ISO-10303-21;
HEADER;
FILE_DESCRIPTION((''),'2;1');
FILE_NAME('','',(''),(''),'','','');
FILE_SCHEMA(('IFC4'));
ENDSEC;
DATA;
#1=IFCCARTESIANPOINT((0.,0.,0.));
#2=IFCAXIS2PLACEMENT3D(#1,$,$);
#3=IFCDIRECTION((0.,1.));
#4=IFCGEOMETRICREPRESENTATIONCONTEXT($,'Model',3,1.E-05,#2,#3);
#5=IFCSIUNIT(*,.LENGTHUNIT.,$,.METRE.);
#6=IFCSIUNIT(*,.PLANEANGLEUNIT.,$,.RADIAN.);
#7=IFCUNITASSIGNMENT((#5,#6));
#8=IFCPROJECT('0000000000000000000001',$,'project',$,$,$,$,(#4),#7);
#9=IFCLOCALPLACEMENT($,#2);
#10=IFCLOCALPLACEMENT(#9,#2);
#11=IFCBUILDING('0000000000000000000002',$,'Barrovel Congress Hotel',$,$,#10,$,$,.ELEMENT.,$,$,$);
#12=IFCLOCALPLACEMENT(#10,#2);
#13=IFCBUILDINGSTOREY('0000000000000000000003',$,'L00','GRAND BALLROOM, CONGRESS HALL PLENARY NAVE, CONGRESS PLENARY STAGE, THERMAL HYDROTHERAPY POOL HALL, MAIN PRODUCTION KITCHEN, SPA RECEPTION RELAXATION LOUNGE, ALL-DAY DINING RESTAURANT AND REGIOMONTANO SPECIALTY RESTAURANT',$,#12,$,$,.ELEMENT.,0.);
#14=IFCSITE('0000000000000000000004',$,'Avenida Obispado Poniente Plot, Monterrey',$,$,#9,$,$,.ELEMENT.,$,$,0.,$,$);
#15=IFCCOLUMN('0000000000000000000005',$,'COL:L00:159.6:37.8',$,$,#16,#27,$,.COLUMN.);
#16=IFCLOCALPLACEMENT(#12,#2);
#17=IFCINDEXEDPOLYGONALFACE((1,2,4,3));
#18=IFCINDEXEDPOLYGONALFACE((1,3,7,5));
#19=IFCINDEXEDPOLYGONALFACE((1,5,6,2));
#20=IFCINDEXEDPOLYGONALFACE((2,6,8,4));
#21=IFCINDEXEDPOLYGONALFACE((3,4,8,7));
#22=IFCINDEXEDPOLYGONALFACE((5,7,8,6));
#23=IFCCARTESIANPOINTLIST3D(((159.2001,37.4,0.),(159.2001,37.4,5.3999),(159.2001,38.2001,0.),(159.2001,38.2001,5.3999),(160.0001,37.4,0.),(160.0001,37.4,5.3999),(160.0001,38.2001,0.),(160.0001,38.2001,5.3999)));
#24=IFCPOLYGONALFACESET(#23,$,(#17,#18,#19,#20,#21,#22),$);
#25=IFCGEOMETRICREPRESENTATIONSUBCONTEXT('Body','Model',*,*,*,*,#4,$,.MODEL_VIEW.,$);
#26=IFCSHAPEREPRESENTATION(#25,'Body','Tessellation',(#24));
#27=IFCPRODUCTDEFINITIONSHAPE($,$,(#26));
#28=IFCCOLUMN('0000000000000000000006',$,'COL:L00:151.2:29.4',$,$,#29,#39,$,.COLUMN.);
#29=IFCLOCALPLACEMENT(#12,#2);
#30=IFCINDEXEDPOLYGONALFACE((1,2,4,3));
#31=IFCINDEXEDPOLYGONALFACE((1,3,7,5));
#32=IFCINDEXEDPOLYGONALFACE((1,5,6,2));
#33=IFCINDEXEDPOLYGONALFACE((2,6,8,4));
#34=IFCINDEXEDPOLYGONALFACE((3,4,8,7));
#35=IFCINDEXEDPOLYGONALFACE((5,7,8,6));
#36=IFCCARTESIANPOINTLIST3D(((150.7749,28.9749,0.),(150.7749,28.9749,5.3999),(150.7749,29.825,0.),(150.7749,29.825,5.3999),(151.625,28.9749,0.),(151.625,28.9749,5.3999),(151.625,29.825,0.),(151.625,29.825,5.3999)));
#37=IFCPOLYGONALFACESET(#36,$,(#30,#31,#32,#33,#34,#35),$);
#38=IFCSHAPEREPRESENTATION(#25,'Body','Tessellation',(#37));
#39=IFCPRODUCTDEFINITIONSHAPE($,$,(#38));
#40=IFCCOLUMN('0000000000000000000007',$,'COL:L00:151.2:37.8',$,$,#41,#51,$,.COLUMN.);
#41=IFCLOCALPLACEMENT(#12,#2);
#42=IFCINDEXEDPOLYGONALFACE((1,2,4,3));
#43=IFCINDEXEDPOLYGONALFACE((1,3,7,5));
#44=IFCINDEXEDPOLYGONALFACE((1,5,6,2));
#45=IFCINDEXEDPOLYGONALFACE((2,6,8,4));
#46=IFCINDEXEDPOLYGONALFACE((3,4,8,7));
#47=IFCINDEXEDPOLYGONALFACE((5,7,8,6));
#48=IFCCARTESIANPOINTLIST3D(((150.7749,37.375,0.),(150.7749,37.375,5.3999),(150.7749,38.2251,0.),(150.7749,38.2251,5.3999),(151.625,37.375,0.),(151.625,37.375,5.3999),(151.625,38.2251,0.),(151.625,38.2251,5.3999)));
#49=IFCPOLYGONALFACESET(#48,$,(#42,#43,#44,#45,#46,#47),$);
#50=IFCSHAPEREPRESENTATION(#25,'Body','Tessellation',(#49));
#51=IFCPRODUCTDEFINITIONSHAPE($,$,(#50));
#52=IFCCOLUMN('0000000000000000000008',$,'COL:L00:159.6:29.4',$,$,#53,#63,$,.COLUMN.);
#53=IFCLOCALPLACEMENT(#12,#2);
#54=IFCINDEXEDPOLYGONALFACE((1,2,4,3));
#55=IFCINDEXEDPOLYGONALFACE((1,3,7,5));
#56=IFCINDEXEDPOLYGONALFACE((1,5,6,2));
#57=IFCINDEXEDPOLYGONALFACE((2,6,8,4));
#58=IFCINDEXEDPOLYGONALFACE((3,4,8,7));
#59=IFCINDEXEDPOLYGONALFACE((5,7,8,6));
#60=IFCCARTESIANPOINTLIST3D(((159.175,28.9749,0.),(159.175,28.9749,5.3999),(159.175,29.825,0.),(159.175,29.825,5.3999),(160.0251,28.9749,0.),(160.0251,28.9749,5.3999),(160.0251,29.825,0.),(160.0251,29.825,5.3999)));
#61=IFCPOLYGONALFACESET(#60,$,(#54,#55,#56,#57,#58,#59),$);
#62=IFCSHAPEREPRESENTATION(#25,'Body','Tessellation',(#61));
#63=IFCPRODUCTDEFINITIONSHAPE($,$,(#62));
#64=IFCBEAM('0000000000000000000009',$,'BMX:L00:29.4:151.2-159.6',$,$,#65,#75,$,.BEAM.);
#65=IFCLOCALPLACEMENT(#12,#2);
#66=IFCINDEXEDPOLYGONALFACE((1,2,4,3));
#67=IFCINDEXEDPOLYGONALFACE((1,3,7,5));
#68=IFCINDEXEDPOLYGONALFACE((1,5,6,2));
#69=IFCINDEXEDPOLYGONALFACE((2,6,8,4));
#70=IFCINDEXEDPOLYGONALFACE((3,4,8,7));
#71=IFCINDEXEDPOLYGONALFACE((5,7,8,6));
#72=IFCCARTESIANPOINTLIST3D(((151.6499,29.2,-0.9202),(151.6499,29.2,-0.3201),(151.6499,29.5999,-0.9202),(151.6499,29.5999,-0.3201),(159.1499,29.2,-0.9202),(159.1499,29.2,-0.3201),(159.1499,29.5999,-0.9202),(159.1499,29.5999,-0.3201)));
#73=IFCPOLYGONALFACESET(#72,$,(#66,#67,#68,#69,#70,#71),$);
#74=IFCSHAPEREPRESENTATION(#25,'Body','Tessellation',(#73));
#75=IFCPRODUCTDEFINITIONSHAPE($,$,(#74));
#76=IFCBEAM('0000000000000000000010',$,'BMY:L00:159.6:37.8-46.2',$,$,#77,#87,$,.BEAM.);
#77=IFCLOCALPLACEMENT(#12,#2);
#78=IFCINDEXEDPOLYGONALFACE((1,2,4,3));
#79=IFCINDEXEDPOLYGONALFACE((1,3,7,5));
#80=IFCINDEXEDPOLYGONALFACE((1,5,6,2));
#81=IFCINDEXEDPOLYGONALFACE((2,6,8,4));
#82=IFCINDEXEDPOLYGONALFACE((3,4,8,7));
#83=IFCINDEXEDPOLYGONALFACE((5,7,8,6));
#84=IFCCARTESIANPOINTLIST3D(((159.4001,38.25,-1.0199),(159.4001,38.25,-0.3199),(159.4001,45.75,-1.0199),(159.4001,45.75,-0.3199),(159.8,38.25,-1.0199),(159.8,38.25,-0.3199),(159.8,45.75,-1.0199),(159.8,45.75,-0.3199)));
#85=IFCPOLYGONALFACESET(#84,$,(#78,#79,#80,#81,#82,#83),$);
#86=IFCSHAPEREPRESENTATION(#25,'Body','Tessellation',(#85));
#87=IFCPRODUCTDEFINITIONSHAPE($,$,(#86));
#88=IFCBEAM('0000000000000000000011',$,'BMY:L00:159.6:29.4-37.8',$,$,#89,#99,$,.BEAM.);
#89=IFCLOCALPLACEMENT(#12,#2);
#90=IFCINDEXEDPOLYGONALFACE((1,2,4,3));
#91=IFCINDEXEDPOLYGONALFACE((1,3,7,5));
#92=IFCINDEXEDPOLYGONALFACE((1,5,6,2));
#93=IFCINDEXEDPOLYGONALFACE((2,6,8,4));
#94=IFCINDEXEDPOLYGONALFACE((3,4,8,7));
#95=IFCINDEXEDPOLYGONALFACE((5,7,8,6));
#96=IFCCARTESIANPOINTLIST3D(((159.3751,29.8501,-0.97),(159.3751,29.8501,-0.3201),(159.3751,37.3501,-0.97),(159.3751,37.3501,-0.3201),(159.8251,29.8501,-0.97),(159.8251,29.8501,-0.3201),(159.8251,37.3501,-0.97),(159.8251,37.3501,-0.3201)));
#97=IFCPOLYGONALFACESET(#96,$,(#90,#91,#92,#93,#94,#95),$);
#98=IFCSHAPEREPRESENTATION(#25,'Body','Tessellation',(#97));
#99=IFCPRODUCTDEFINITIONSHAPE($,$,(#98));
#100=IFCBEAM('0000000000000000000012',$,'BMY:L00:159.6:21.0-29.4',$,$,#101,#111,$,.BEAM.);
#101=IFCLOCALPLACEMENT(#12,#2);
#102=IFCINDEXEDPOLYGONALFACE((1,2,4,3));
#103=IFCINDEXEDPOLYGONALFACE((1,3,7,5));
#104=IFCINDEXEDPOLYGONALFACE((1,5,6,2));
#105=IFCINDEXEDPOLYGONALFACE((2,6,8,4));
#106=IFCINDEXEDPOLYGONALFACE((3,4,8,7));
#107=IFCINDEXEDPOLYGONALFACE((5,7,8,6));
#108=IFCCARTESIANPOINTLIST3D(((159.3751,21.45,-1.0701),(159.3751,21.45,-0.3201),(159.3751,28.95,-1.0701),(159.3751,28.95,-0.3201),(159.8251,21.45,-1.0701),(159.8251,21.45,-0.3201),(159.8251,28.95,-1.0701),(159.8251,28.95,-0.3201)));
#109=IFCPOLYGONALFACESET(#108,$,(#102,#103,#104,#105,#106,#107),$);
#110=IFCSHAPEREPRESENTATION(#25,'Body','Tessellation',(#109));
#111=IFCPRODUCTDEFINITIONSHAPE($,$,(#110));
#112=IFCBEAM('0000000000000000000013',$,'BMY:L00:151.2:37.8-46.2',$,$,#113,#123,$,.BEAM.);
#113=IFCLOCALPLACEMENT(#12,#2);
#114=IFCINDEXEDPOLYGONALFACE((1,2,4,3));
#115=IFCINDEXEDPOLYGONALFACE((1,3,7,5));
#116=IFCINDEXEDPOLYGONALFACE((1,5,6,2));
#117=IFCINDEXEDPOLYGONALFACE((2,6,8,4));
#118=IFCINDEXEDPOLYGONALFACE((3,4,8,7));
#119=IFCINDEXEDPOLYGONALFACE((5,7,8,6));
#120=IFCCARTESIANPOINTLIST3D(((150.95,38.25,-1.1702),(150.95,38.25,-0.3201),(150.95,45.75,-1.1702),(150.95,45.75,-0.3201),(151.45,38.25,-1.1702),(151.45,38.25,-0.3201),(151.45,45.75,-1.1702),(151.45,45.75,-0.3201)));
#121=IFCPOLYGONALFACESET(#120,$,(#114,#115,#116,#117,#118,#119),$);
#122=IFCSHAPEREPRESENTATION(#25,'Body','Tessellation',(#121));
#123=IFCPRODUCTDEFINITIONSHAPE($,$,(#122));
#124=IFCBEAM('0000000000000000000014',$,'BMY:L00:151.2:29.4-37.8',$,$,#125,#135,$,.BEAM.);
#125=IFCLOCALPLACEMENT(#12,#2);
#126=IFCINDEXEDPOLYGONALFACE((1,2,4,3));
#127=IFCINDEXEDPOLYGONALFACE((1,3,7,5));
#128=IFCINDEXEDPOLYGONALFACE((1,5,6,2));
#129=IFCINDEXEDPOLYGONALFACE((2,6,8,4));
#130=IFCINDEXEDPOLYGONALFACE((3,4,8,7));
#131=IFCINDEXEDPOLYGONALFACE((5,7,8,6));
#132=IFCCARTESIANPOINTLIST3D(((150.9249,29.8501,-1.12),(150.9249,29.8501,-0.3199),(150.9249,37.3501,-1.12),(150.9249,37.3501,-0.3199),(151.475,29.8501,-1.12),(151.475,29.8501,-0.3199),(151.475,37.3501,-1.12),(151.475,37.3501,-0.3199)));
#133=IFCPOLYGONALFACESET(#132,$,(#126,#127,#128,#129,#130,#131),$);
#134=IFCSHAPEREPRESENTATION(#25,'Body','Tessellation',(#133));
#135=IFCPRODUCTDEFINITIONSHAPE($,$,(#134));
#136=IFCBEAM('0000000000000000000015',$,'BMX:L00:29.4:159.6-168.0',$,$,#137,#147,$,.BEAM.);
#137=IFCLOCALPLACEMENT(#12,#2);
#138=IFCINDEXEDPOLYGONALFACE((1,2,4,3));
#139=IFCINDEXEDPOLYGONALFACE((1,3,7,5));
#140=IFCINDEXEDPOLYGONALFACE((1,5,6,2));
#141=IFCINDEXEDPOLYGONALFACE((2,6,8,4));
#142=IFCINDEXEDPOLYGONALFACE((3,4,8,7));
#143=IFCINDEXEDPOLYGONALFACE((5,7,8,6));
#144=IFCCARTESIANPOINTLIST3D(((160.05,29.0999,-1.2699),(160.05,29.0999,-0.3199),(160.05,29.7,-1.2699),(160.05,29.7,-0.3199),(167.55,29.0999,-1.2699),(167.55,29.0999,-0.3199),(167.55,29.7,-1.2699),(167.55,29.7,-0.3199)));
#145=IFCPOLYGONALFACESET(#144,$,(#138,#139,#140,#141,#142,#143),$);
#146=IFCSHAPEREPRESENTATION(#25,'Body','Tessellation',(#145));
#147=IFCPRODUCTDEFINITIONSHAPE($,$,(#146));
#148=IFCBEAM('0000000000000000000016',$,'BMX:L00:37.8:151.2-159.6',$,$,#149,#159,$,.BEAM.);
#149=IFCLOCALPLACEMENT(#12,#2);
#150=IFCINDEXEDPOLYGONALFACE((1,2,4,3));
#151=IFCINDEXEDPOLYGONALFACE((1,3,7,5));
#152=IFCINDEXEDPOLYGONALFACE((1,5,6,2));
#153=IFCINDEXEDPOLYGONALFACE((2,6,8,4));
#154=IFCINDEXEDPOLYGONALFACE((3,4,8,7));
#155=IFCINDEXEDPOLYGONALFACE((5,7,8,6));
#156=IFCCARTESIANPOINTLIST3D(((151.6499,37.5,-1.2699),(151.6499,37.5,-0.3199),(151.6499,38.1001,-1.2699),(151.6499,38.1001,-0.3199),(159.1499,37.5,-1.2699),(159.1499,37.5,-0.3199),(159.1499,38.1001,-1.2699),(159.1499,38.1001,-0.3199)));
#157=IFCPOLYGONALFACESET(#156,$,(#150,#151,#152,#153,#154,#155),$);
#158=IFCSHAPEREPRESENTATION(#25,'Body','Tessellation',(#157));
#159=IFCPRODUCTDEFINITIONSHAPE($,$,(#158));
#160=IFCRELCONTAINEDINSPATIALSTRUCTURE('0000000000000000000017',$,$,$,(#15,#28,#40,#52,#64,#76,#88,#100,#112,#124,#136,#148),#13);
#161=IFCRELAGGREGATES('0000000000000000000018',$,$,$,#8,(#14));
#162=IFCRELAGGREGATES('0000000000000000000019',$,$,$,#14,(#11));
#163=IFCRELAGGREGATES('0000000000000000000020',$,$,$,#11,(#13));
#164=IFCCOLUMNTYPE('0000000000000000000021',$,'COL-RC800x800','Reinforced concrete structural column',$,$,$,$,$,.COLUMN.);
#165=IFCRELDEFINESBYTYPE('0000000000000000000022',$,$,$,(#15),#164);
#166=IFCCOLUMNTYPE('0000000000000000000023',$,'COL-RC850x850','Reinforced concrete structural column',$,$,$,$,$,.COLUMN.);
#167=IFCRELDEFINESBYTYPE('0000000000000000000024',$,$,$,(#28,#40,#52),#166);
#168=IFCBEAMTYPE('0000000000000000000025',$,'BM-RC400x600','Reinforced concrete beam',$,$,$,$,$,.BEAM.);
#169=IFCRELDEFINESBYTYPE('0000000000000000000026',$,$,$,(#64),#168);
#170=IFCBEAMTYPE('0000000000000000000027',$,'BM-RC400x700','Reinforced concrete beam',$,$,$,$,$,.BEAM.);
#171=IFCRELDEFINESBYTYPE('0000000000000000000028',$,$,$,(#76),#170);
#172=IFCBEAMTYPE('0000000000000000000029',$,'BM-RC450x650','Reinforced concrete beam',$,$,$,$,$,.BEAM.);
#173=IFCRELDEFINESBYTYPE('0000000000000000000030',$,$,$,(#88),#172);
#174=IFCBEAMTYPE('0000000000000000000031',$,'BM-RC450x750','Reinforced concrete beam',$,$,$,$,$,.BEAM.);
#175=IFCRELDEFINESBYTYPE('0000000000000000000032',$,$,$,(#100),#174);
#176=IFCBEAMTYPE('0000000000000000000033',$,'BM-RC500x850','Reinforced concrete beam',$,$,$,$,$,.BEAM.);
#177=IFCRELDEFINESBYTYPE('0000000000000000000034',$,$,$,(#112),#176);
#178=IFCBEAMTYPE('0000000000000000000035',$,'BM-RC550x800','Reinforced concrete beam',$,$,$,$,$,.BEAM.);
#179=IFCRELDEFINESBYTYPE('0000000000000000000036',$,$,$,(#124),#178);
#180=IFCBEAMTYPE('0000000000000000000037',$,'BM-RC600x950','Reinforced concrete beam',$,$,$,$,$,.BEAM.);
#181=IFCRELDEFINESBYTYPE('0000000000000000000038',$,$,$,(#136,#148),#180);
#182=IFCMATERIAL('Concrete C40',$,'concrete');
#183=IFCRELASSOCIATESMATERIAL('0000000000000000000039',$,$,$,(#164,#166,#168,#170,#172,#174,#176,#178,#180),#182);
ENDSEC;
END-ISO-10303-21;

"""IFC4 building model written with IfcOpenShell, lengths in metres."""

from ifc_helpers import new_model, si_unit, direction, frame, origin, origin_2d, place, context, subcontext, project, spatial, rectangle, extrude, material, material_profile, profile_set, type_object, element, save


model = new_model("IFC4")

# Units and contexts
model_context = context("Model", 3, precision=1e-05, world=origin(), true_north=direction((0.0, 1.0)))
body_context = subcontext(model_context, "Body", "Model", "MODEL_VIEW")
ifc_project = project(units=[si_unit("LENGTHUNIT", "METRE"), si_unit("PLANEANGLEUNIT", "RADIAN")], contexts=[model_context])

# Site, building, storey
site_placement = place(None, origin())
site = spatial("IfcSite", under=ifc_project, at=site_placement, Name="Avenida Obispado Poniente Plot, Monterrey", CompositionType="ELEMENT", RefElevation=0.0)
building_placement = place(site_placement, origin())
building = spatial("IfcBuilding", under=site, at=building_placement, Name="Barrovel Congress Hotel", CompositionType="ELEMENT")
storey_placement = place(building_placement, origin())
storey = spatial("IfcBuildingStorey", under=building, at=storey_placement, Name="L00", Description="GRAND BALLROOM, CONGRESS HALL PLENARY NAVE, CONGRESS PLENARY STAGE, THERMAL HYDROTHERAPY POOL HALL, MAIN PRODUCTION KITCHEN, SPA RECEPTION RELAXATION LOUNGE, ALL-DAY DINING RESTAURANT AND REGIOMONTANO SPECIALTY RESTAURANT", CompositionType="ELEMENT", Elevation=0.0)

# Columns
ifc_material_1 = material(Name="Concrete C40", Category="concrete")
ifc_material_profile_1 = material_profile(ifc_material_1, rectangle(XDim=0.8, YDim=0.8, at=origin_2d()), Name="RC800x800")
ifc_profile_set_1 = profile_set([ifc_material_profile_1], Name="Concrete C40")
column_type_1 = type_object("IfcColumnType", Name="COL-RC800x800", Description="Reinforced concrete structural column", PredefinedType="COLUMN", material=ifc_profile_set_1)
column_placement = place(storey_placement, frame((159.6001, 37.8, 0.0), z_axis=(0.0, 0.0, 1.0), x_axis=(1.0, 0.0, 0.0)))
element("IfcColumn", 1, at=column_placement, inside=storey, type_object=column_type_1, Name="COL:L00:159.6:37.8", PredefinedType="COLUMN", context=body_context, shape_type="SweptSolid", body=[
    extrude(rectangle(XDim=0.8, YDim=0.8, at=origin_2d()), origin(), (0.0, 0.0, 1.0), 5.3999),
])
ifc_material_profile_2 = material_profile(ifc_material_1, rectangle(XDim=0.8501, YDim=0.8501, at=origin_2d()), Name="RC850x850")
ifc_profile_set_2 = profile_set([ifc_material_profile_2], Name="Concrete C40")
column_type_2 = type_object("IfcColumnType", Name="COL-RC850x850", Description="Reinforced concrete structural column", PredefinedType="COLUMN", material=ifc_profile_set_2)
for number, where, z_axis, x_axis, name in (
    (2, (151.2, 29.3999, 0.0), (0.0, 0.0, 1.0), (1.0, 0.0, 0.0), "COL:L00:151.2:29.4"),
    (3, (151.2, 37.8, 0.0), (0.0, 0.0, 1.0), (1.0, 0.0, 0.0), "COL:L00:151.2:37.8"),
    (4, (159.6001, 29.3999, 0.0), (0.0, 0.0, 1.0), (1.0, 0.0, 0.0), "COL:L00:159.6:29.4"),
):
    element("IfcColumn", number, at=place(storey_placement, frame(where, z_axis=z_axis, x_axis=x_axis)), inside=storey, type_object=column_type_2, Name=name, PredefinedType="COLUMN", context=body_context, shape_type="SweptSolid", body=[
        extrude(rectangle(XDim=0.8501, YDim=0.8501, at=origin_2d()), origin(), (0.0, 0.0, 1.0), 5.3999),
    ])

# Beams
ifc_material_profile_3 = material_profile(ifc_material_1, rectangle(XDim=0.3999, YDim=0.6001, at=origin_2d()), Name="RC400x600")
ifc_profile_set_3 = profile_set([ifc_material_profile_3], Name="Concrete C40")
beam_type_1 = type_object("IfcBeamType", Name="BM-RC400x600", Description="Reinforced concrete beam", PredefinedType="BEAM", material=ifc_profile_set_3)
beam_1_placement = place(storey_placement, frame((151.6499, 29.3999, -0.6201), z_axis=(1.0, 0.0, 0.0), x_axis=(0.0, 1.0, 0.0)))
element("IfcBeam", 5, at=beam_1_placement, inside=storey, type_object=beam_type_1, Name="BMX:L00:29.4:151.2-159.6", PredefinedType="BEAM", context=body_context, shape_type="SweptSolid", body=[
    extrude(rectangle(XDim=0.3999, YDim=0.6001, at=origin_2d()), origin(), (0.0, 0.0, 1.0), 7.5),
])
ifc_material_profile_4 = material_profile(ifc_material_1, rectangle(XDim=0.3999, YDim=0.7, at=origin_2d()), Name="RC400x700")
ifc_profile_set_4 = profile_set([ifc_material_profile_4], Name="Concrete C40")
beam_type_2 = type_object("IfcBeamType", Name="BM-RC400x700", Description="Reinforced concrete beam", PredefinedType="BEAM", material=ifc_profile_set_4)
beam_2_placement = place(storey_placement, frame((159.6001, 38.25, -0.6699), z_axis=(0.0, 1.0, 0.0), x_axis=(-1.0, 0.0, 0.0)))
element("IfcBeam", 6, at=beam_2_placement, inside=storey, type_object=beam_type_2, Name="BMY:L00:159.6:37.8-46.2", PredefinedType="BEAM", context=body_context, shape_type="SweptSolid", body=[
    extrude(rectangle(XDim=0.3999, YDim=0.7, at=origin_2d()), origin(), (0.0, 0.0, 1.0), 7.5),
])
ifc_material_profile_5 = material_profile(ifc_material_1, rectangle(XDim=0.45, YDim=0.6499, at=origin_2d()), Name="RC450x650")
ifc_profile_set_5 = profile_set([ifc_material_profile_5], Name="Concrete C40")
beam_type_3 = type_object("IfcBeamType", Name="BM-RC450x650", Description="Reinforced concrete beam", PredefinedType="BEAM", material=ifc_profile_set_5)
beam_3_placement = place(storey_placement, frame((159.6001, 29.8501, -0.645), z_axis=(0.0, 1.0, 0.0), x_axis=(-1.0, 0.0, 0.0)))
element("IfcBeam", 7, at=beam_3_placement, inside=storey, type_object=beam_type_3, Name="BMY:L00:159.6:29.4-37.8", PredefinedType="BEAM", context=body_context, shape_type="SweptSolid", body=[
    extrude(rectangle(XDim=0.45, YDim=0.6499, at=origin_2d()), origin(), (0.0, 0.0, 1.0), 7.5),
])
ifc_material_profile_6 = material_profile(ifc_material_1, rectangle(XDim=0.45, YDim=0.75, at=origin_2d()), Name="RC450x750")
ifc_profile_set_6 = profile_set([ifc_material_profile_6], Name="Concrete C40")
beam_type_4 = type_object("IfcBeamType", Name="BM-RC450x750", Description="Reinforced concrete beam", PredefinedType="BEAM", material=ifc_profile_set_6)
beam_4_placement = place(storey_placement, frame((159.6001, 21.45, -0.6951), z_axis=(0.0, 1.0, 0.0), x_axis=(-1.0, 0.0, 0.0)))
element("IfcBeam", 8, at=beam_4_placement, inside=storey, type_object=beam_type_4, Name="BMY:L00:159.6:21.0-29.4", PredefinedType="BEAM", context=body_context, shape_type="SweptSolid", body=[
    extrude(rectangle(XDim=0.45, YDim=0.75, at=origin_2d()), origin(), (0.0, 0.0, 1.0), 7.5),
])
ifc_material_profile_7 = material_profile(ifc_material_1, rectangle(XDim=0.5, YDim=0.8501, at=origin_2d()), Name="RC500x850")
ifc_profile_set_7 = profile_set([ifc_material_profile_7], Name="Concrete C40")
beam_type_5 = type_object("IfcBeamType", Name="BM-RC500x850", Description="Reinforced concrete beam", PredefinedType="BEAM", material=ifc_profile_set_7)
beam_5_placement = place(storey_placement, frame((151.2, 38.25, -0.7451), z_axis=(0.0, 1.0, 0.0), x_axis=(-1.0, 0.0, 0.0)))
element("IfcBeam", 9, at=beam_5_placement, inside=storey, type_object=beam_type_5, Name="BMY:L00:151.2:37.8-46.2", PredefinedType="BEAM", context=body_context, shape_type="SweptSolid", body=[
    extrude(rectangle(XDim=0.5, YDim=0.8501, at=origin_2d()), origin(), (0.0, 0.0, 1.0), 7.5),
])
ifc_material_profile_8 = material_profile(ifc_material_1, rectangle(XDim=0.55, YDim=0.8, at=origin_2d()), Name="RC550x800")
ifc_profile_set_8 = profile_set([ifc_material_profile_8], Name="Concrete C40")
beam_type_6 = type_object("IfcBeamType", Name="BM-RC550x800", Description="Reinforced concrete beam", PredefinedType="BEAM", material=ifc_profile_set_8)
beam_6_placement = place(storey_placement, frame((151.2, 29.8501, -0.72), z_axis=(0.0, 1.0, 0.0), x_axis=(-1.0, 0.0, 0.0)))
element("IfcBeam", 10, at=beam_6_placement, inside=storey, type_object=beam_type_6, Name="BMY:L00:151.2:29.4-37.8", PredefinedType="BEAM", context=body_context, shape_type="SweptSolid", body=[
    extrude(rectangle(XDim=0.55, YDim=0.8, at=origin_2d()), origin(), (0.0, 0.0, 1.0), 7.5),
])
ifc_material_profile_9 = material_profile(ifc_material_1, rectangle(XDim=0.6001, YDim=0.95, at=origin_2d()), Name="RC600x950")
ifc_profile_set_9 = profile_set([ifc_material_profile_9], Name="Concrete C40")
beam_type_7 = type_object("IfcBeamType", Name="BM-RC600x950", Description="Reinforced concrete beam", PredefinedType="BEAM", material=ifc_profile_set_9)
for number, where, z_axis, x_axis, name in (
    (11, (160.05, 29.3999, -0.7949), (1.0, 0.0, 0.0), (0.0, 1.0, 0.0), "BMX:L00:29.4:159.6-168.0"),
    (12, (151.6499, 37.8, -0.7949), (1.0, 0.0, 0.0), (0.0, 1.0, 0.0), "BMX:L00:37.8:151.2-159.6"),
):
    element("IfcBeam", number, at=place(storey_placement, frame(where, z_axis=z_axis, x_axis=x_axis)), inside=storey, type_object=beam_type_7, Name=name, PredefinedType="BEAM", context=body_context, shape_type="SweptSolid", body=[
        extrude(rectangle(XDim=0.6001, YDim=0.95, at=origin_2d()), origin(), (0.0, 0.0, 1.0), 7.5),
    ])

save(model, "model.ifc")
